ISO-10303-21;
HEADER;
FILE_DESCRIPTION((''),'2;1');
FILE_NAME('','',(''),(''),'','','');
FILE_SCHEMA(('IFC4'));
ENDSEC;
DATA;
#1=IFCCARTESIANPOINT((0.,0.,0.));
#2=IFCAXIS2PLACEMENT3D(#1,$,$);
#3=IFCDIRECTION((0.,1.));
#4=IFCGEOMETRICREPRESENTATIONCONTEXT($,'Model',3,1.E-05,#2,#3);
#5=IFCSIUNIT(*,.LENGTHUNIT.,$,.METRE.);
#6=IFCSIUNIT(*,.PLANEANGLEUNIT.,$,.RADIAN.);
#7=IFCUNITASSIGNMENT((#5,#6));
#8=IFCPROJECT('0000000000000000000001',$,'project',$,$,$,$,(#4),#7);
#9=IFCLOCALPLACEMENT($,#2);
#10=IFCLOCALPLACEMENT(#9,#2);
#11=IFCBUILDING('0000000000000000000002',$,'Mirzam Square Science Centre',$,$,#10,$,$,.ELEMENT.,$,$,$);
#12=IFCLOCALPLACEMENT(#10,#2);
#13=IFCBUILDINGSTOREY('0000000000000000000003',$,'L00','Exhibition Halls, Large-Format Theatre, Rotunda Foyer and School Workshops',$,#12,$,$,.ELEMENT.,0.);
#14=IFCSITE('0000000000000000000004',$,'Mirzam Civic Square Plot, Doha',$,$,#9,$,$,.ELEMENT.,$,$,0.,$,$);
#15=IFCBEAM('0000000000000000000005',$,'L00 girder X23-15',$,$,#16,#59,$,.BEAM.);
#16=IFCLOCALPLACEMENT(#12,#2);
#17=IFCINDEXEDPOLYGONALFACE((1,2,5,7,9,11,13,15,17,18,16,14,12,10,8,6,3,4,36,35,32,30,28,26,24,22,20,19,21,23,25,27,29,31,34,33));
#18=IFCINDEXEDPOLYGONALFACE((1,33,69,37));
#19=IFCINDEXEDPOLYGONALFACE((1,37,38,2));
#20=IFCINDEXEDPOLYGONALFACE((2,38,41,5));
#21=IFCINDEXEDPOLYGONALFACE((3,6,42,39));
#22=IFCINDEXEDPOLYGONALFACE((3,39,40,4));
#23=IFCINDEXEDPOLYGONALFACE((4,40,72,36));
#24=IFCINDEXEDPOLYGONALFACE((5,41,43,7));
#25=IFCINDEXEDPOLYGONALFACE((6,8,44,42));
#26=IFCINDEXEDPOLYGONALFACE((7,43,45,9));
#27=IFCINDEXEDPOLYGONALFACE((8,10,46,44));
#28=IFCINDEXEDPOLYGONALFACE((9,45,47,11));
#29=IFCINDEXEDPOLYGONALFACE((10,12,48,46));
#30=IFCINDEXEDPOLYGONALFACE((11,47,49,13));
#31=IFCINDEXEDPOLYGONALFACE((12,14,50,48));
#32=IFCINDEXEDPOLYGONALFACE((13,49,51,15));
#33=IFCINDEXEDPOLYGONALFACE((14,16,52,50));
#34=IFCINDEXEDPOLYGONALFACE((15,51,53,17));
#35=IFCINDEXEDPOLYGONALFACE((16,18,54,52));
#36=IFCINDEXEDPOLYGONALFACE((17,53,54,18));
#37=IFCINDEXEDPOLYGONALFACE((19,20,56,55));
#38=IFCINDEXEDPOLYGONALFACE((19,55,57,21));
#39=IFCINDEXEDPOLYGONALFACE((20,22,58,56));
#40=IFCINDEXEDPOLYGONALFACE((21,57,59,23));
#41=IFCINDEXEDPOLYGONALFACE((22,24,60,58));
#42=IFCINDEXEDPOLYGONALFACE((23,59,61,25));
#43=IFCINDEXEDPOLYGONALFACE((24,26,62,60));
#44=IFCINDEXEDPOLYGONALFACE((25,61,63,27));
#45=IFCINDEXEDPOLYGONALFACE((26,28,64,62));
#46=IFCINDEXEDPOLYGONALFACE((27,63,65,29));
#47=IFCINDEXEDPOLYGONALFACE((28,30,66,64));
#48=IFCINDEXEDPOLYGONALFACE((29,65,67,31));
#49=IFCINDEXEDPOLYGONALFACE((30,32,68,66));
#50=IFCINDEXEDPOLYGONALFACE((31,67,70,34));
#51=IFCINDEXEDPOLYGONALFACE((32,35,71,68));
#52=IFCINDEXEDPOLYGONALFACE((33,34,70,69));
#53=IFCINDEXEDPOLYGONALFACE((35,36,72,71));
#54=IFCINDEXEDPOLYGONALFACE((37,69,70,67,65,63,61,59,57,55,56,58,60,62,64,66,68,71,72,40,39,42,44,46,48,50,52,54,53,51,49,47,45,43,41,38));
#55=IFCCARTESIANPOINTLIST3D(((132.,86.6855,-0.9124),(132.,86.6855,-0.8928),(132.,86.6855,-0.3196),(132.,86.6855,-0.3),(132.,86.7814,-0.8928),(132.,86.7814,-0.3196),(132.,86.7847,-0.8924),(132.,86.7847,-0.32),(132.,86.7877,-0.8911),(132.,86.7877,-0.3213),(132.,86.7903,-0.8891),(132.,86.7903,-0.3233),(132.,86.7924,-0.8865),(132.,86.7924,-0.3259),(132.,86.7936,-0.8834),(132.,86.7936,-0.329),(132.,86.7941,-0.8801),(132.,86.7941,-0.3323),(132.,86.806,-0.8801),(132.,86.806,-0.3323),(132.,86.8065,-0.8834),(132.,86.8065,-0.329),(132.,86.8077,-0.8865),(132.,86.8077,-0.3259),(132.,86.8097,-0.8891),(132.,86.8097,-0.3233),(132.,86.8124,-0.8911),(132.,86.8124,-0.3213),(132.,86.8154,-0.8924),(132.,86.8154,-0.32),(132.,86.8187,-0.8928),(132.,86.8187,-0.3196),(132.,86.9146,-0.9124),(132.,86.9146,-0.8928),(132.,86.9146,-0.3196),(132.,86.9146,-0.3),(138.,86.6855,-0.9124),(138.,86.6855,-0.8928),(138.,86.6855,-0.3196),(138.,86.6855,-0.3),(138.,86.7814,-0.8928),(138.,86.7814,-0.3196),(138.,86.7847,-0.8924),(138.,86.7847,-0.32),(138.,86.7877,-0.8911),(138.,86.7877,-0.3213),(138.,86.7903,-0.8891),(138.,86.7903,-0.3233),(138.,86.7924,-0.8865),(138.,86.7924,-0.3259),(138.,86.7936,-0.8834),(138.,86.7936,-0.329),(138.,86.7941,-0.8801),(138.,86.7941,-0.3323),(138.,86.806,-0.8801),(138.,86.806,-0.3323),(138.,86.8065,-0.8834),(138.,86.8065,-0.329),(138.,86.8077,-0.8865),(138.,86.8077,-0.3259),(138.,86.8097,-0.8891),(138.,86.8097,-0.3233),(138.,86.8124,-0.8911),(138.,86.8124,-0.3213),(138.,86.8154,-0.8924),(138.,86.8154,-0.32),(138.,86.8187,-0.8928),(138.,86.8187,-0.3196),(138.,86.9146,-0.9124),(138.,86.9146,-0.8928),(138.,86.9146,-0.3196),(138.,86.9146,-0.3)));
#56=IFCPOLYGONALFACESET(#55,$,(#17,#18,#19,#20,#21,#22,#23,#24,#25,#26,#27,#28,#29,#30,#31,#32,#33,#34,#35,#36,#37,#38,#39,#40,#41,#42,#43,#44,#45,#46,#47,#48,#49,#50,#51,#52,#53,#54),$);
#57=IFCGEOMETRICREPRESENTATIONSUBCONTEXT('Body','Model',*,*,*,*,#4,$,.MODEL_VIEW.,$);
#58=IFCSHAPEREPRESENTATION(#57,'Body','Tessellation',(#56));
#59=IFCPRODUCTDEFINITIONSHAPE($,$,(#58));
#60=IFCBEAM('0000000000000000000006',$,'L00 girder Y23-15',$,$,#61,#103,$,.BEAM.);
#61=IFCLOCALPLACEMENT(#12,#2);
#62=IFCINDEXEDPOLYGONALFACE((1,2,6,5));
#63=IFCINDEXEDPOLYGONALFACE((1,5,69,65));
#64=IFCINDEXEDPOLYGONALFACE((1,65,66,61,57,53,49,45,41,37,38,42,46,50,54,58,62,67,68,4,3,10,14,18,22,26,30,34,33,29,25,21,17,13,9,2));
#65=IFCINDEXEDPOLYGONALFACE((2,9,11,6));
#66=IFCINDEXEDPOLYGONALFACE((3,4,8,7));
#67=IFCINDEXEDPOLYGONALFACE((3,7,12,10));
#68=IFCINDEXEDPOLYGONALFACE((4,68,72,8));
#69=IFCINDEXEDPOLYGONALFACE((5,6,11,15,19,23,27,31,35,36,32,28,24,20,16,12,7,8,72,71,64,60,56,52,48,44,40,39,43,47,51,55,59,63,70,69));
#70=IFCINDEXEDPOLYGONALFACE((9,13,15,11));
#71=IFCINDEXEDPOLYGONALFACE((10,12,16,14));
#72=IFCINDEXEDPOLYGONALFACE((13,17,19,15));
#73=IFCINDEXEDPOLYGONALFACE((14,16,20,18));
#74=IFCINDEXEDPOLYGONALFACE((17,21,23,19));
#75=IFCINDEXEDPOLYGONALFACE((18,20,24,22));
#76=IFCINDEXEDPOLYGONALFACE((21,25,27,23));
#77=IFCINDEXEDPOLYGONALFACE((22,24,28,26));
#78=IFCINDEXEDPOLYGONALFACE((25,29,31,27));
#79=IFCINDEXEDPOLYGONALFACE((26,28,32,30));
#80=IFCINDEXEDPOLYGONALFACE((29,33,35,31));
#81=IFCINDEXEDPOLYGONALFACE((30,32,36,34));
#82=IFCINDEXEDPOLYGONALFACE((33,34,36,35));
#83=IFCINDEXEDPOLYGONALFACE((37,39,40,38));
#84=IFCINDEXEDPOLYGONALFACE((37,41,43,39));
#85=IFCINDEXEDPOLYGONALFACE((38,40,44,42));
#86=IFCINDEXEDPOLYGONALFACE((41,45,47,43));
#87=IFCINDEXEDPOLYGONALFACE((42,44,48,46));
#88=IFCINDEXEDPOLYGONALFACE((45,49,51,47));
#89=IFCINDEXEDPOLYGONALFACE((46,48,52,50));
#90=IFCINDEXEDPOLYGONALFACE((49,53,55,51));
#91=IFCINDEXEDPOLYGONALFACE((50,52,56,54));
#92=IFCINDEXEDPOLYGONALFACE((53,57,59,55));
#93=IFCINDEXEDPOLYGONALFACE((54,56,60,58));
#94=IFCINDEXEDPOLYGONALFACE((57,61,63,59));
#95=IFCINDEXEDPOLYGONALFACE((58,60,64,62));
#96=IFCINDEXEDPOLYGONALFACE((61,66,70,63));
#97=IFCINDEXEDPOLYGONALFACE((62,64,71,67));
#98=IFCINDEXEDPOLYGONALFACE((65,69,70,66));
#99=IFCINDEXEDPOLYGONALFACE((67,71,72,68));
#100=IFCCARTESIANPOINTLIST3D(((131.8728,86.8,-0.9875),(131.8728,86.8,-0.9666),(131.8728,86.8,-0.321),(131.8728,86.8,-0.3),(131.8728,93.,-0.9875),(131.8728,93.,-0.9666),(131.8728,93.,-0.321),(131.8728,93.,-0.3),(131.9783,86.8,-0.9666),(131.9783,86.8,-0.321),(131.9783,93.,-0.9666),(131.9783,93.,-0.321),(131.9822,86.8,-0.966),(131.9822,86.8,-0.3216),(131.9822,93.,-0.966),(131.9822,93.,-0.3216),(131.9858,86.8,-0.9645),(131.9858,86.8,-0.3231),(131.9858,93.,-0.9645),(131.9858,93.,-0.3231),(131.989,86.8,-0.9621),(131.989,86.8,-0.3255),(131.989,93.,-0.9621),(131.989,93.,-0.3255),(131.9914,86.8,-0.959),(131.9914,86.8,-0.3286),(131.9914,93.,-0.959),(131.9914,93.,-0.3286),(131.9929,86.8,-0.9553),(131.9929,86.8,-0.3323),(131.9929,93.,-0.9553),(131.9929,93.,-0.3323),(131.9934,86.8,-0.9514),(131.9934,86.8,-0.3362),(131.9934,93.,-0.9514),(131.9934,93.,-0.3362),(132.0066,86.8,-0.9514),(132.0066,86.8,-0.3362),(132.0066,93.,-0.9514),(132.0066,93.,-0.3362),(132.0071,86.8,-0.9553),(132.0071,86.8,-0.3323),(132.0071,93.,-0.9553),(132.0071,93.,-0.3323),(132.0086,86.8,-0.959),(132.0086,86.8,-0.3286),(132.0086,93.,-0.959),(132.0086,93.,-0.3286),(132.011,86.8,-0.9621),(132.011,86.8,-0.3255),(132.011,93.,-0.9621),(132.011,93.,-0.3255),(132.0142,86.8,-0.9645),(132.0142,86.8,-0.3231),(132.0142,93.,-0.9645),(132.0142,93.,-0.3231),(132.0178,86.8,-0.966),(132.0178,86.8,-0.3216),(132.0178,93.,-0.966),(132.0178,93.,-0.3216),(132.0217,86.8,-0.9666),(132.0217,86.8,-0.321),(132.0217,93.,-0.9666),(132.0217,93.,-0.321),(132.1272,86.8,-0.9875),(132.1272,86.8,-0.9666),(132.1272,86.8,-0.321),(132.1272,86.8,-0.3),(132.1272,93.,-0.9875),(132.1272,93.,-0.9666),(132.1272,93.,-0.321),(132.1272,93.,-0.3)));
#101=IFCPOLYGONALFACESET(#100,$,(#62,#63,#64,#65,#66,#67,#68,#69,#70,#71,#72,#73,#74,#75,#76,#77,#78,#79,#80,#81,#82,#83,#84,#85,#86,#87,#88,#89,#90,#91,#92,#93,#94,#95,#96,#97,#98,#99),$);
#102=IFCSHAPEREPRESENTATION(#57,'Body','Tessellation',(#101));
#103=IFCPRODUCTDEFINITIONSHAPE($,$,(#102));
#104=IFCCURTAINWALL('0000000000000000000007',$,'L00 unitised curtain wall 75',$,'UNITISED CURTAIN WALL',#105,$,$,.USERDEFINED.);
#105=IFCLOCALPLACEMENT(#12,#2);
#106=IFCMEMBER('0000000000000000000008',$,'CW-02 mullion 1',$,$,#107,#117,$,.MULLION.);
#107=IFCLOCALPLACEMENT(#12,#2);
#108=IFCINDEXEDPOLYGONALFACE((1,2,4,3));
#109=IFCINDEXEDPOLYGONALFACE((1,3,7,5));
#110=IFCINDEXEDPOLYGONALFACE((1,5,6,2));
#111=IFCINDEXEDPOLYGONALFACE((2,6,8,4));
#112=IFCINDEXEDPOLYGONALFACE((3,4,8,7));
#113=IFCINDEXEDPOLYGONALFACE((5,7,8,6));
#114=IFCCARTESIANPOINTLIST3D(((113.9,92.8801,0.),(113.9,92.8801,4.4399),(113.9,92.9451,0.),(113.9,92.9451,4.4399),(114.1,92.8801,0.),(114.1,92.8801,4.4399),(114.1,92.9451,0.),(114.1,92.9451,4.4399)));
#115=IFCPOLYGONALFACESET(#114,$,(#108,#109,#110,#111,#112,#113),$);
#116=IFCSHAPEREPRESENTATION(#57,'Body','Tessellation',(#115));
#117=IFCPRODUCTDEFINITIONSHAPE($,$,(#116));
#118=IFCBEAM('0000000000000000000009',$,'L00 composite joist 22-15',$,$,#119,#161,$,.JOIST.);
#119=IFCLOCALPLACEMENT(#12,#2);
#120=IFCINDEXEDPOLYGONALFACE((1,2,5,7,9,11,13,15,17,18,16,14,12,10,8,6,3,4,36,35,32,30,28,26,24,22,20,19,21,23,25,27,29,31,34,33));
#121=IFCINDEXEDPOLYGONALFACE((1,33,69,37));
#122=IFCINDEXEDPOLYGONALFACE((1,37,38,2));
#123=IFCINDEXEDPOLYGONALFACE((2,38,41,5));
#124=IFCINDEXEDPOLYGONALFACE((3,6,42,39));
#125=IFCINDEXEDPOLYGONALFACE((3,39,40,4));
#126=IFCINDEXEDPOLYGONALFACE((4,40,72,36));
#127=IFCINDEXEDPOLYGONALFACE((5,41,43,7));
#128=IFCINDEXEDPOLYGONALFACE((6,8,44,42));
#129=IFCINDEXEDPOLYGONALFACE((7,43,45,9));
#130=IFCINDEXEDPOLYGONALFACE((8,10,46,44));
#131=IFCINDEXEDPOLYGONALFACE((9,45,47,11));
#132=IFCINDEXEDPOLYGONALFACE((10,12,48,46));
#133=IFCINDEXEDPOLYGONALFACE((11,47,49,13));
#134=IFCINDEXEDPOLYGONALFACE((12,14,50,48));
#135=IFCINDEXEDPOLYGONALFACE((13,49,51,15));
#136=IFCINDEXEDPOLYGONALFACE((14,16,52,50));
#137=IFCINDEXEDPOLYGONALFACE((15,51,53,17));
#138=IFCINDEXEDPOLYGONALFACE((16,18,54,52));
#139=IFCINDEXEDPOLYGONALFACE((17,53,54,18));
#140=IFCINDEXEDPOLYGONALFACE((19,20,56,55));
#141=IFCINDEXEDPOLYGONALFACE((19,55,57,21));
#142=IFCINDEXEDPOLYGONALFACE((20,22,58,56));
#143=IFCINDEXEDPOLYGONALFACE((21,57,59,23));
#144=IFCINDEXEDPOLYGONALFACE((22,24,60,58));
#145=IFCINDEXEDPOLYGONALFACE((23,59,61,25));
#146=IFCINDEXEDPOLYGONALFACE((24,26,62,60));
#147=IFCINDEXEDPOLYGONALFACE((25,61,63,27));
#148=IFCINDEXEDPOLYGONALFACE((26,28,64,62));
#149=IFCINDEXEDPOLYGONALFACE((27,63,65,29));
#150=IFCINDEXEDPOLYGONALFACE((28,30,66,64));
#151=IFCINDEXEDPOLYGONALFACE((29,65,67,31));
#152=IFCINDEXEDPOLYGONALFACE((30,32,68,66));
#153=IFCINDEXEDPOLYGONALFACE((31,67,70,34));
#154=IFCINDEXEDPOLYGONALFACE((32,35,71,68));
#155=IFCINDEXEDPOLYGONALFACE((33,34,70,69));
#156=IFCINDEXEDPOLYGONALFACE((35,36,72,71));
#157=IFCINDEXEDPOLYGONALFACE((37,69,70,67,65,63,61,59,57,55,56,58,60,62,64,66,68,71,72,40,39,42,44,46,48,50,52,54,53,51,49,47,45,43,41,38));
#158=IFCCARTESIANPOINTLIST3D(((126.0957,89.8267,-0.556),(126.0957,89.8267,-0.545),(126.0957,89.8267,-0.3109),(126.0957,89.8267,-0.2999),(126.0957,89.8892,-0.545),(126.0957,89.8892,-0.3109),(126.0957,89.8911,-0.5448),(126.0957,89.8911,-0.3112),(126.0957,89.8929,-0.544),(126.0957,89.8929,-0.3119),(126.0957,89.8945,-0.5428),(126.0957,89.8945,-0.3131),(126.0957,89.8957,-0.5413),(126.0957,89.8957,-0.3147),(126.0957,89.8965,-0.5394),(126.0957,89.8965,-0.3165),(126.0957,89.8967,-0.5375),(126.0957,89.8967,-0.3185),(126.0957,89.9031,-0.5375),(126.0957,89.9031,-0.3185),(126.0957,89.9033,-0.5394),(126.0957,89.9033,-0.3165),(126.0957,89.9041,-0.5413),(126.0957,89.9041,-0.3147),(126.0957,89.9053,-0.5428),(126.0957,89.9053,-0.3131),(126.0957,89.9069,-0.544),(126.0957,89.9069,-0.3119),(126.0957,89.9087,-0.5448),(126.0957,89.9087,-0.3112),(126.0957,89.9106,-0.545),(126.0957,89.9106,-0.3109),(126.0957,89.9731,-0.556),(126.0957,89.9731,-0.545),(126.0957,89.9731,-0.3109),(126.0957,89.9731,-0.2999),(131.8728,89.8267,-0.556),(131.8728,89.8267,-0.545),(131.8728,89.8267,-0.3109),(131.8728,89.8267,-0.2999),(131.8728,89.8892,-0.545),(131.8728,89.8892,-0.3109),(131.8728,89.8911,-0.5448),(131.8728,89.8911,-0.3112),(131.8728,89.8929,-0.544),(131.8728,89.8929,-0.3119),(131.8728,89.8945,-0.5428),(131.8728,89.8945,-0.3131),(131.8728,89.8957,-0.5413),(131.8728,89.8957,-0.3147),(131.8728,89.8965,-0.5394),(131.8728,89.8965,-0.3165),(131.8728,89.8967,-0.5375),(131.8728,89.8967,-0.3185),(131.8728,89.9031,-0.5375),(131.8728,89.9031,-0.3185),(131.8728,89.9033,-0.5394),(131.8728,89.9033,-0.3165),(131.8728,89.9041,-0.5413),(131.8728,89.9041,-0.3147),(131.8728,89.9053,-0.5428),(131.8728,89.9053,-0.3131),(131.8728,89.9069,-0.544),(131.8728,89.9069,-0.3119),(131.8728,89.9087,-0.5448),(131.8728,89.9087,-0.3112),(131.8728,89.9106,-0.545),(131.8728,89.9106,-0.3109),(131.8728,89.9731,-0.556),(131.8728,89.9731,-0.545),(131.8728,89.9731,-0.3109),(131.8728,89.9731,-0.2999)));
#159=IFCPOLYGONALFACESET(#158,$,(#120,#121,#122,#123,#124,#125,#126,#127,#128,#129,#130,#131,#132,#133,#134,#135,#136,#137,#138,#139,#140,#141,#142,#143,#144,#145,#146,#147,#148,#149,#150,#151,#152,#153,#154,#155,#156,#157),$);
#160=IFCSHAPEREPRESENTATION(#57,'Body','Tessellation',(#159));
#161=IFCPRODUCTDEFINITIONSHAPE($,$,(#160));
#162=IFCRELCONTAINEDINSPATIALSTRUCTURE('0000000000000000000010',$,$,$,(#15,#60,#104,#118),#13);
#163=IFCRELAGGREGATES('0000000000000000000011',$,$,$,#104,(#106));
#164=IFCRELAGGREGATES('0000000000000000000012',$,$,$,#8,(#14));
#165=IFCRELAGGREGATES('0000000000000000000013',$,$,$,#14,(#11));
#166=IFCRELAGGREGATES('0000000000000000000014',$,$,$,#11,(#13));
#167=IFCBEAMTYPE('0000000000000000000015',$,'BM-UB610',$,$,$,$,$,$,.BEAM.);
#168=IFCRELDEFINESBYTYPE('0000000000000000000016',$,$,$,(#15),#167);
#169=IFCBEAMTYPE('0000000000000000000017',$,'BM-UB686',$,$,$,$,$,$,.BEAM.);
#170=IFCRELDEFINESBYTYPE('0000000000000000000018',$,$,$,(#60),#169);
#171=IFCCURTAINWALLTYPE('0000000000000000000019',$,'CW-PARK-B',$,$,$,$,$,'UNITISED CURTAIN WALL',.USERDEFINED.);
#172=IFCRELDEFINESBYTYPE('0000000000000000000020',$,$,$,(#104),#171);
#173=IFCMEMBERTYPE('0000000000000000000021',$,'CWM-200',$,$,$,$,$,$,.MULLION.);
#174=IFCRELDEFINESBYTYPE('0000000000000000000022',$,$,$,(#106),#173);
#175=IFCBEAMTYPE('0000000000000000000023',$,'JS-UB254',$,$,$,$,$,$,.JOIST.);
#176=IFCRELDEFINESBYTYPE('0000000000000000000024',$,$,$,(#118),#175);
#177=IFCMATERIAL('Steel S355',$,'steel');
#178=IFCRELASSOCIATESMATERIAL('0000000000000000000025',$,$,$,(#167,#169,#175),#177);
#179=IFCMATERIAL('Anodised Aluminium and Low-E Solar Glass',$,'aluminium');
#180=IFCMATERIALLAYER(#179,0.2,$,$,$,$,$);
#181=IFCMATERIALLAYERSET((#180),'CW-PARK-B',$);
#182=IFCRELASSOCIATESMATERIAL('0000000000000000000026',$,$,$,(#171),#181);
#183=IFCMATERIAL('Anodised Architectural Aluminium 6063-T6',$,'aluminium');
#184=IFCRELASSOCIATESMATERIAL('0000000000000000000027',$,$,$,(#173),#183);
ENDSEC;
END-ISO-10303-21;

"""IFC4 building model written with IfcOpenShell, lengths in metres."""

from ifc_helpers import new_model, si_unit, direction, frame, origin, origin_2d, place, context, subcontext, project, spatial, rectangle, i_section, extrude, material, layer, layer_set, material_profile, profile_set, type_object, element, aggregate, save


model = new_model("IFC4")

# Units and contexts
model_context = context("Model", 3, precision=1e-05, world=origin(), true_north=direction((0.0, 1.0)))
body_context = subcontext(model_context, "Body", "Model", "MODEL_VIEW")
ifc_project = project(units=[si_unit("LENGTHUNIT", "METRE"), si_unit("PLANEANGLEUNIT", "RADIAN")], contexts=[model_context])

# Site, building, storey
site_placement = place(None, origin())
site = spatial("IfcSite", under=ifc_project, at=site_placement, Name="Mirzam Civic Square Plot, Doha", CompositionType="ELEMENT", RefElevation=0.0)
building_placement = place(site_placement, origin())
building = spatial("IfcBuilding", under=site, at=building_placement, Name="Mirzam Square Science Centre", CompositionType="ELEMENT")
storey_placement = place(building_placement, origin())
storey = spatial("IfcBuildingStorey", under=building, at=storey_placement, Name="L00", Description="Exhibition Halls, Large-Format Theatre, Rotunda Foyer and School Workshops", CompositionType="ELEMENT", Elevation=0.0)

# Shared definitions
ifc_material_1 = material(Name="Steel S355", Category="steel")

# Beams
ifc_material_profile_1 = material_profile(ifc_material_1, i_section(OverallWidth=0.229, OverallDepth=0.6123, WebThickness=0.012, FlangeThickness=0.0195, FilletRadius=0.0127, at=origin_2d()), Name="610x229x125UB")
ifc_profile_set_1 = profile_set([ifc_material_profile_1], Name="Steel S355")
beam_type_1 = type_object("IfcBeamType", Name="BM-UB610", PredefinedType="BEAM", material=ifc_profile_set_1)
beam_1_placement = place(storey_placement, frame((132.0, 86.8, -0.6062), z_axis=(1.0, 0.0, 0.0), x_axis=(0.0, 1.0, 0.0)))
element("IfcBeam", 1, at=beam_1_placement, inside=storey, type_object=beam_type_1, Name="L00 girder X23-15", PredefinedType="BEAM", context=body_context, shape_type="SweptSolid", body=[
    extrude(i_section(OverallWidth=0.229, OverallDepth=0.6123, WebThickness=0.012, FlangeThickness=0.0195, FilletRadius=0.0127, at=origin_2d()), origin(), (0.0, 0.0, 1.0), 6.0),
])
ifc_material_profile_2 = material_profile(ifc_material_1, i_section(OverallWidth=0.2544, OverallDepth=0.6875, WebThickness=0.0132, FlangeThickness=0.021, FilletRadius=0.0151, at=origin_2d()), Name="686x254x152UB")
ifc_profile_set_2 = profile_set([ifc_material_profile_2], Name="Steel S355")
beam_type_2 = type_object("IfcBeamType", Name="BM-UB686", PredefinedType="BEAM", material=ifc_profile_set_2)
beam_2_placement = place(storey_placement, frame((132.0, 86.8, -0.6438), z_axis=(0.0, 1.0, 0.0), x_axis=(-1.0, 0.0, 0.0)))
element("IfcBeam", 2, at=beam_2_placement, inside=storey, type_object=beam_type_2, Name="L00 girder Y23-15", PredefinedType="BEAM", context=body_context, shape_type="SweptSolid", body=[
    extrude(i_section(OverallWidth=0.2544, OverallDepth=0.6875, WebThickness=0.0132, FlangeThickness=0.021, FilletRadius=0.0151, at=origin_2d()), origin(), (0.0, 0.0, 1.0), 6.2),
])

# Curtain wall, member
ifc_material_2 = material(Name="Anodised Aluminium and Low-E Solar Glass", Category="aluminium")
ifc_layer_1 = layer(ifc_material_2, 0.2)
ifc_layer_set_1 = layer_set([ifc_layer_1], Name="CW-PARK-B")
curtain_wall_type = type_object("IfcCurtainWallType", Name="CW-PARK-B", ElementType="UNITISED CURTAIN WALL", PredefinedType="USERDEFINED", material=ifc_layer_set_1)
curtain_wall_placement = place(storey_placement, origin())
curtain_wall = element("IfcCurtainWall", 3, at=curtain_wall_placement, inside=storey, type_object=curtain_wall_type, Name="L00 unitised curtain wall 75", ObjectType="UNITISED CURTAIN WALL", PredefinedType="USERDEFINED")
ifc_material_3 = material(Name="Anodised Architectural Aluminium 6063-T6", Category="aluminium")
ifc_material_profile_3 = material_profile(ifc_material_3, rectangle(XDim=0.0649, YDim=0.2, at=origin_2d()), Name="ALU-MULL-200x65x5")
ifc_profile_set_3 = profile_set([ifc_material_profile_3], Name="Anodised Architectural Aluminium 6063-T6")
member_type = type_object("IfcMemberType", Name="CWM-200", PredefinedType="MULLION", material=ifc_profile_set_3)
member_placement = place(storey_placement, frame((114.0, 92.9126, 0.0), z_axis=(0.0, 0.0, 1.0), x_axis=(0.0, -1.0, 0.0)))
member = element("IfcMember", 4, at=member_placement, type_object=member_type, Name="CW-02 mullion 1", PredefinedType="MULLION", context=body_context, shape_type="SweptSolid", body=[
    extrude(rectangle(XDim=0.0649, YDim=0.2, at=origin_2d()), origin(), (0.0, 0.0, 1.0), 4.4399),
])
aggregate(curtain_wall, [member])

# Beam
ifc_material_profile_4 = material_profile(ifc_material_1, i_section(OverallWidth=0.1465, OverallDepth=0.2561, WebThickness=0.0063, FlangeThickness=0.011, FilletRadius=0.0076, at=origin_2d()), Name="254x146x37UB")
ifc_profile_set_4 = profile_set([ifc_material_profile_4], Name="Steel S355")
beam_type_3 = type_object("IfcBeamType", Name="JS-UB254", PredefinedType="JOIST", material=ifc_profile_set_4)
beam_3_placement = place(storey_placement, frame((126.0957, 89.8999, -0.428), z_axis=(1.0, 0.0, 0.0), x_axis=(0.0, 1.0, 0.0)))
element("IfcBeam", 5, at=beam_3_placement, inside=storey, type_object=beam_type_3, Name="L00 composite joist 22-15", PredefinedType="JOIST", context=body_context, shape_type="SweptSolid", body=[
    extrude(i_section(OverallWidth=0.1465, OverallDepth=0.2561, WebThickness=0.0063, FlangeThickness=0.011, FilletRadius=0.0076, at=origin_2d()), origin(), (0.0, 0.0, 1.0), 5.7771),
])

save(model, "model.ifc")
